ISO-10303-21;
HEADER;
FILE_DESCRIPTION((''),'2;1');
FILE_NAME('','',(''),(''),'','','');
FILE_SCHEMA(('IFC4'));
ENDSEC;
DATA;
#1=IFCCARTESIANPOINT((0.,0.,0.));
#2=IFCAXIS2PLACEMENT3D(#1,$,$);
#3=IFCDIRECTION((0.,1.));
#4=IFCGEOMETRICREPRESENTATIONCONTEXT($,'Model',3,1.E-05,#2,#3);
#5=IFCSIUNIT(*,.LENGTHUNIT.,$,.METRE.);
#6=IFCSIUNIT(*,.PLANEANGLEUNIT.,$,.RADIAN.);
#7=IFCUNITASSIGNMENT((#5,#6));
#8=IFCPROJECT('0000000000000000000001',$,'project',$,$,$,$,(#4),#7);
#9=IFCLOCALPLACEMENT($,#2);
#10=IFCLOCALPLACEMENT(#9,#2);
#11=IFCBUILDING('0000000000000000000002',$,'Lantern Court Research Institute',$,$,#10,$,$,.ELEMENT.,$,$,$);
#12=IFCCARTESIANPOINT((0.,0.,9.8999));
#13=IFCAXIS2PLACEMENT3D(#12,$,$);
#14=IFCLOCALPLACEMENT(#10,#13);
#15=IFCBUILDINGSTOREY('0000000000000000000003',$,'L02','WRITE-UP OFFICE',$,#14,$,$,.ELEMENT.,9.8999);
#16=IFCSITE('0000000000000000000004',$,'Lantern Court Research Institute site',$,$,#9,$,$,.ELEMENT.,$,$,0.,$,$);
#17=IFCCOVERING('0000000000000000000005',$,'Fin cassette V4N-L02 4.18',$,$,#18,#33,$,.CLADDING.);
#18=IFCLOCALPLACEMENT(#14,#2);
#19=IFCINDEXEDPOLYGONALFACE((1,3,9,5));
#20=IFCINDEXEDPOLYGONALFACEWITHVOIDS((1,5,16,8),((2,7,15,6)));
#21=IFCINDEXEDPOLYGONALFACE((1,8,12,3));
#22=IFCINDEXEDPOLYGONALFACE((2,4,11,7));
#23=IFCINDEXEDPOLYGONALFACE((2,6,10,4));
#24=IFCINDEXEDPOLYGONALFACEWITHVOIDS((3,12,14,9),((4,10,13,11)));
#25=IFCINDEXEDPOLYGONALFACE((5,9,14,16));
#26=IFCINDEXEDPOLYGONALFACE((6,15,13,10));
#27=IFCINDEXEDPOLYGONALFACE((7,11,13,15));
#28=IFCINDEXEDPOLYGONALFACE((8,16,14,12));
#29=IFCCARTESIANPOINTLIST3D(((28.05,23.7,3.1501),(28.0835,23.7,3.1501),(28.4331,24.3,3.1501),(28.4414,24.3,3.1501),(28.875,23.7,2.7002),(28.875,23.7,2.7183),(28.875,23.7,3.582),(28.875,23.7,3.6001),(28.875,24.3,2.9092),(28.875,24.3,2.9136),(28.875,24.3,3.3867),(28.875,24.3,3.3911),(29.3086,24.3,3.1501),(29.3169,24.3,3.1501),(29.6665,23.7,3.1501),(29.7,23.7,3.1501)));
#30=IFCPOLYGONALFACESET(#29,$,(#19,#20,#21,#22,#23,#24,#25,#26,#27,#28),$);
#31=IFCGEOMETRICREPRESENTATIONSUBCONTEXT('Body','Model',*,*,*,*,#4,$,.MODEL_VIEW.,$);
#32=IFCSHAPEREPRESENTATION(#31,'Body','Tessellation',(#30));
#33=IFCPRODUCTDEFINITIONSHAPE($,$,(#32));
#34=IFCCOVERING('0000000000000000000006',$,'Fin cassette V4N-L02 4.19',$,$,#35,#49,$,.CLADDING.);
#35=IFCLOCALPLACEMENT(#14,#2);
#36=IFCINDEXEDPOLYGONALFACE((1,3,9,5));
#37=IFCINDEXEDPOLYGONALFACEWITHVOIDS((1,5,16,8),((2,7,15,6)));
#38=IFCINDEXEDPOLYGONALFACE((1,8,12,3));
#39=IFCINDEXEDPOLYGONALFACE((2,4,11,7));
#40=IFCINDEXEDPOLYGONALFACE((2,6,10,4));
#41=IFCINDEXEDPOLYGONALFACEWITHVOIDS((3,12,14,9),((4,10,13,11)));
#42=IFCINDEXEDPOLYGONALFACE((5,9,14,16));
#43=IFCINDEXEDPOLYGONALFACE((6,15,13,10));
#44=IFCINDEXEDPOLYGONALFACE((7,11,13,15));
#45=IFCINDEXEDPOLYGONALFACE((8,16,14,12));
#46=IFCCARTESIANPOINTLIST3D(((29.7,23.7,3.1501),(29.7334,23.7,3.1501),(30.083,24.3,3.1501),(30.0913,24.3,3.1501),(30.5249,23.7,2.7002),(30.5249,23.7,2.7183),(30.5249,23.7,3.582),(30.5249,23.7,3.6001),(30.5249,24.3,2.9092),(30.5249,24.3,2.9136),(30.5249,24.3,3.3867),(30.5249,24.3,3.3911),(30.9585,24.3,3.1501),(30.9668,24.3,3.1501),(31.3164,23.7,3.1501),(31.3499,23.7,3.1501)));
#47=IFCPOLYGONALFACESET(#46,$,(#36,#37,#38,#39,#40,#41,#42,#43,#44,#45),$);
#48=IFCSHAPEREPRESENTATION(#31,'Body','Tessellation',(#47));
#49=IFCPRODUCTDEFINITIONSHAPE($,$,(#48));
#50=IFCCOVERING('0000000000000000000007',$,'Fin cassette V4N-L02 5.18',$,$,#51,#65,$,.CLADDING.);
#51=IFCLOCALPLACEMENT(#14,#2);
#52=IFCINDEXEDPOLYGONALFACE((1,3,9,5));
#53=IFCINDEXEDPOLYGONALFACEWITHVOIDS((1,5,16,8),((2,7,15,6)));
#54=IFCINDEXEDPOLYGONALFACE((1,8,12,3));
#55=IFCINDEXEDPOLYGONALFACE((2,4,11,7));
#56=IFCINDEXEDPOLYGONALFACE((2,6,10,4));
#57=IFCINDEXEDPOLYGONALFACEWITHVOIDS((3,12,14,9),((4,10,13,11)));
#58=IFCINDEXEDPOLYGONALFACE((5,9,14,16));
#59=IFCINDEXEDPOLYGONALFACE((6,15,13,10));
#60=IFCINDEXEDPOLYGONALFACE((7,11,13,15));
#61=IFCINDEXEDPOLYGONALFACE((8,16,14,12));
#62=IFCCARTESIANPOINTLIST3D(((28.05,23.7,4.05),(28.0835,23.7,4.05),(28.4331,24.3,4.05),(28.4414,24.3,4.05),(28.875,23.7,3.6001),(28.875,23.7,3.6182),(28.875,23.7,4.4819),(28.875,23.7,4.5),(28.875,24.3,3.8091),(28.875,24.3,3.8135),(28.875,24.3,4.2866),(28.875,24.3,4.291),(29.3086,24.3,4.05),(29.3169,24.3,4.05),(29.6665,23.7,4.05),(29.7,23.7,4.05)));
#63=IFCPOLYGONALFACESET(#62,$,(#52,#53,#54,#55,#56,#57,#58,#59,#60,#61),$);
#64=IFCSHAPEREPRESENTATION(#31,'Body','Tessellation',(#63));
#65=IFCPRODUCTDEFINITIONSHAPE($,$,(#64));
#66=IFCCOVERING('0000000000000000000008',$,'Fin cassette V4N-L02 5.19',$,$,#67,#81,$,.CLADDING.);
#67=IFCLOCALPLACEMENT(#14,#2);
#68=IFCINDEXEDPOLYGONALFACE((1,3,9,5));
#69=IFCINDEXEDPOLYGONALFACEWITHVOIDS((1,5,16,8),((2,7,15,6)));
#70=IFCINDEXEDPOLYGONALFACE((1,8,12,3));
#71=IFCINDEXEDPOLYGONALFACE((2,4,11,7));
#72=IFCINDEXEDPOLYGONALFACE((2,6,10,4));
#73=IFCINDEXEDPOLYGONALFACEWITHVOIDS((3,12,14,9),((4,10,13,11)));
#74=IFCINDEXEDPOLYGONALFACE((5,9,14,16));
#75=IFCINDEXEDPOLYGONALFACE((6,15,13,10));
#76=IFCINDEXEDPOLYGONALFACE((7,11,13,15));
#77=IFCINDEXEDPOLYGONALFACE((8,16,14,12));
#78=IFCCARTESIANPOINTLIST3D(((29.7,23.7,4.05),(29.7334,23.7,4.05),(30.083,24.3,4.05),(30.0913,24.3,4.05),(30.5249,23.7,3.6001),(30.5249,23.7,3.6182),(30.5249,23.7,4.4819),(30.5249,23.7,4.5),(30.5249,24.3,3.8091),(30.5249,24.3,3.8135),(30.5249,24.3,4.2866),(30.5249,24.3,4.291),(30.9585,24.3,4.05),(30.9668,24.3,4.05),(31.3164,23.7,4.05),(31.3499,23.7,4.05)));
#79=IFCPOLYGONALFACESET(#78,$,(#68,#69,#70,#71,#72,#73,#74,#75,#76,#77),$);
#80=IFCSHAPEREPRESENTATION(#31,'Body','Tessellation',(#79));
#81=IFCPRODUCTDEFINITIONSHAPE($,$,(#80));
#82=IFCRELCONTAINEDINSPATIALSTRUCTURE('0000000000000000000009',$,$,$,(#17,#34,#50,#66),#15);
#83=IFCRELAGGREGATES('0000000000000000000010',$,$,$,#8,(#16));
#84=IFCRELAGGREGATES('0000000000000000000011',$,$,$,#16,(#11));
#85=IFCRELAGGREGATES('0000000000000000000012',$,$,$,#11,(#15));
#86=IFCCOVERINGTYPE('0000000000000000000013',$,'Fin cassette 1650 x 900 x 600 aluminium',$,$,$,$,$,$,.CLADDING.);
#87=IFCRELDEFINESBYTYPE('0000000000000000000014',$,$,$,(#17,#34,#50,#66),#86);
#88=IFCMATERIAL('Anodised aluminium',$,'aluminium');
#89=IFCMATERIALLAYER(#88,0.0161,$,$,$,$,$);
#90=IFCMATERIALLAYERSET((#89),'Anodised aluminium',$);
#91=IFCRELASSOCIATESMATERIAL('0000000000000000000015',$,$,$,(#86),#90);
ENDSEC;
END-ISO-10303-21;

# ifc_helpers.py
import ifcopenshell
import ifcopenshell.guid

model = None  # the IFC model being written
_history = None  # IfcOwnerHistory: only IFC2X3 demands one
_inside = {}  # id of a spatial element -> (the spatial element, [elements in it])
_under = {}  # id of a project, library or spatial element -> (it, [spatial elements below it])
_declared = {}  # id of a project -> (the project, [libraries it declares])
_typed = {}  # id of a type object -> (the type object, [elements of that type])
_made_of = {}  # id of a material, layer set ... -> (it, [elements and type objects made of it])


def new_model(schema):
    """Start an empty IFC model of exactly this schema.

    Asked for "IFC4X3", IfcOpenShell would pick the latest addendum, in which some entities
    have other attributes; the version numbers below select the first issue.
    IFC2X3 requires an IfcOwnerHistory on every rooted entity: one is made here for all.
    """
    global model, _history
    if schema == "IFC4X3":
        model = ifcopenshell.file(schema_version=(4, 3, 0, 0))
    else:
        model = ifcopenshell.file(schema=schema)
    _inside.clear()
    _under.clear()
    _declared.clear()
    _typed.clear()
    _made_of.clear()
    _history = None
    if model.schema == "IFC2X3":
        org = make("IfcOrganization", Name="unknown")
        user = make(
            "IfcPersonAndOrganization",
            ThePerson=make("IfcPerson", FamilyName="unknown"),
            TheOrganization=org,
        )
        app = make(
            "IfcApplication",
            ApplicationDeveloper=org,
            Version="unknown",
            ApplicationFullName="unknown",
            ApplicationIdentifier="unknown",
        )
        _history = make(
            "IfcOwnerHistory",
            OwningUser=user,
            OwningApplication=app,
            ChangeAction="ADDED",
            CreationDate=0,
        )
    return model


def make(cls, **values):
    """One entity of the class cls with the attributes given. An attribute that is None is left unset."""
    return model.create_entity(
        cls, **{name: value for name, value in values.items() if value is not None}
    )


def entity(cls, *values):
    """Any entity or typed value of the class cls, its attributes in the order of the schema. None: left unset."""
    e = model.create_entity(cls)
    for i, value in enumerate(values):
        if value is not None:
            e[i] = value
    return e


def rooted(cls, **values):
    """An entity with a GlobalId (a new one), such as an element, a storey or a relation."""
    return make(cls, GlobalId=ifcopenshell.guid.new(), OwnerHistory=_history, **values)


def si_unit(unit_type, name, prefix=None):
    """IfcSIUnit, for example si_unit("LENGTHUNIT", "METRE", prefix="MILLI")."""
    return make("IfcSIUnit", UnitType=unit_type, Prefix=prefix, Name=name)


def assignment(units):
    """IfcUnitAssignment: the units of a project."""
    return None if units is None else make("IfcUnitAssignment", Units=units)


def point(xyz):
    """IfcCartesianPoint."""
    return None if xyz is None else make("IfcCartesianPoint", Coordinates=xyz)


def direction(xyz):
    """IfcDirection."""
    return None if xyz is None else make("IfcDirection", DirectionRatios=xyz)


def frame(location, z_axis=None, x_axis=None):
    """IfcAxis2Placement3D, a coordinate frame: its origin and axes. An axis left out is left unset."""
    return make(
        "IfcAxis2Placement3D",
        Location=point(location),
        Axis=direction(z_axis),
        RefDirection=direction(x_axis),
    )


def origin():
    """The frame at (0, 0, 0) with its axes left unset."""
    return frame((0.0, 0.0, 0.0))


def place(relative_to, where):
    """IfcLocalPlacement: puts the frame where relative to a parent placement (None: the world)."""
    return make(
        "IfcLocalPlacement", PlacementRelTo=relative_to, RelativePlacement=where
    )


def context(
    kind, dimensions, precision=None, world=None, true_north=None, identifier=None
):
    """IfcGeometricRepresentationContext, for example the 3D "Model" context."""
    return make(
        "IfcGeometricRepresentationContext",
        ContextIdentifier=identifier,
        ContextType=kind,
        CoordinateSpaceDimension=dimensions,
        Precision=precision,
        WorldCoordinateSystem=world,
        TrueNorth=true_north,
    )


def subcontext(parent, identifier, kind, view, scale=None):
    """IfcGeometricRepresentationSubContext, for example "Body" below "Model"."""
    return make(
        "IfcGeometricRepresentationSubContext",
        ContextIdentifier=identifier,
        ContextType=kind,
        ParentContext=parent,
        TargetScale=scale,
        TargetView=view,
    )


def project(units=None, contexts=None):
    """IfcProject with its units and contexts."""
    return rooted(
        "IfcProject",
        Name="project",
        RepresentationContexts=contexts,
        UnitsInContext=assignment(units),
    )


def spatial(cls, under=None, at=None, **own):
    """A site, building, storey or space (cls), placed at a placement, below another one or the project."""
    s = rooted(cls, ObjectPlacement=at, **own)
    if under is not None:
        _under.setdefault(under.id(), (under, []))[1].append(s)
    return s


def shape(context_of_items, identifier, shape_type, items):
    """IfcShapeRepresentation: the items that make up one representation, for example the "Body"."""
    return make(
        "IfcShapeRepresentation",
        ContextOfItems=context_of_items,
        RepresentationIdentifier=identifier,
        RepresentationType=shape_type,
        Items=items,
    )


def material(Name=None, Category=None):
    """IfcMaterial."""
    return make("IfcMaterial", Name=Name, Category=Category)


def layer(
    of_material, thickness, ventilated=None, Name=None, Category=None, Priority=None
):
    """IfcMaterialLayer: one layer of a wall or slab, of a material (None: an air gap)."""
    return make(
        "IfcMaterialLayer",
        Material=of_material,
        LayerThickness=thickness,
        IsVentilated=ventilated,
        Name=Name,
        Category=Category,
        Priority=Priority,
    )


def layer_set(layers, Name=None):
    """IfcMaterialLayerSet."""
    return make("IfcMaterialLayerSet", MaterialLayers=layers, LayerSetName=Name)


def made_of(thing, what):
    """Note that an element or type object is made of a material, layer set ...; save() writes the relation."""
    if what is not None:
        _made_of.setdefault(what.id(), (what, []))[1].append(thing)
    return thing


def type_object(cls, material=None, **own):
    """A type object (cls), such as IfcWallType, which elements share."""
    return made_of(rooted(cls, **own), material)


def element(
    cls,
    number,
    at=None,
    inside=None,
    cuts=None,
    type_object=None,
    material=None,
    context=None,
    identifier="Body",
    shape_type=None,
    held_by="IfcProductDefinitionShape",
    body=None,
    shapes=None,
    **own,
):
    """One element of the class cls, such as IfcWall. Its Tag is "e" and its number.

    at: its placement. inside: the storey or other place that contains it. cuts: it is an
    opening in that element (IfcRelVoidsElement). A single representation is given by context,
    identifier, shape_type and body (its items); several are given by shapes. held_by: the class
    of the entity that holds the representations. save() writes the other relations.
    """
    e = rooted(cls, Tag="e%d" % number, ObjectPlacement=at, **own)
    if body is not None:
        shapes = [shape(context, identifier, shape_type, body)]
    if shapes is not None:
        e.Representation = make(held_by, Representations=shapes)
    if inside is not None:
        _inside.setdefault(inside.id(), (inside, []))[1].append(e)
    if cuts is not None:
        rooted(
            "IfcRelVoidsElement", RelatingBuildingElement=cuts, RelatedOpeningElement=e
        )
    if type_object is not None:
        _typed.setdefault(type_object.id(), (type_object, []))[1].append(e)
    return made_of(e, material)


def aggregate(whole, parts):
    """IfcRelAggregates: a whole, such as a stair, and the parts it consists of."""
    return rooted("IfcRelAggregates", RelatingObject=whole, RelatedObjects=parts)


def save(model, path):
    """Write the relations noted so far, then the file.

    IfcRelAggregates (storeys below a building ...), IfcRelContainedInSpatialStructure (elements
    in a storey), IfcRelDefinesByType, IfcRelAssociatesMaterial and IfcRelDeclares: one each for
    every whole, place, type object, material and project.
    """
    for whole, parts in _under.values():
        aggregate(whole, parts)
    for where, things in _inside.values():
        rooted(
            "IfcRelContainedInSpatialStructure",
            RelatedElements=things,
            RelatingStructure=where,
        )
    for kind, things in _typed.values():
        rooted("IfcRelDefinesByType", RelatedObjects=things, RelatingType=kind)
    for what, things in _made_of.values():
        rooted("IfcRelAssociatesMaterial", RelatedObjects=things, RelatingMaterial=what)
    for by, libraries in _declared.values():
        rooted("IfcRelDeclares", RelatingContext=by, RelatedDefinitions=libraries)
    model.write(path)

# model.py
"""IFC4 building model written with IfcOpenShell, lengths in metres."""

from ifc_helpers import new_model, entity, si_unit, direction, frame, origin, place, context, subcontext, project, spatial, material, layer, layer_set, type_object, element, save


model = new_model("IFC4")

# Units and contexts
model_context = context("Model", 3, precision=1e-05, world=origin(), true_north=direction((0.0, 1.0)))
body_context = subcontext(model_context, "Body", "Model", "MODEL_VIEW")
ifc_project = project(units=[si_unit("LENGTHUNIT", "METRE"), si_unit("PLANEANGLEUNIT", "RADIAN")], contexts=[model_context])

# Site, building, storey
site_placement = place(None, origin())
site = spatial("IfcSite", under=ifc_project, at=site_placement, Name="Lantern Court Research Institute site", CompositionType="ELEMENT", RefElevation=0.0)
building_placement = place(site_placement, origin())
building = spatial("IfcBuilding", under=site, at=building_placement, Name="Lantern Court Research Institute", CompositionType="ELEMENT")
storey_placement = place(building_placement, frame((0.0, 0.0, 9.8999)))
storey = spatial("IfcBuildingStorey", under=building, at=storey_placement, Name="L02", Description="WRITE-UP OFFICE", CompositionType="ELEMENT", Elevation=9.8999)

# Coverings
ifc_material_1 = material(Name="Anodised aluminium", Category="aluminium")
ifc_layer_1 = layer(ifc_material_1, 0.0161)
ifc_layer_set_1 = layer_set([ifc_layer_1], Name="Anodised aluminium")
covering_type = type_object("IfcCoveringType", Name="Fin cassette 1650 x 900 x 600 aluminium", PredefinedType="CLADDING", material=ifc_layer_set_1)
covering_1_placement = place(storey_placement, frame((28.875, 23.7, 3.1501), z_axis=(0.0, 1.0, 0.0), x_axis=(-1.0, 0.0, 0.0)))
cartesian_point_1 = entity("IfcCartesianPoint", [0.825, 0.0])
cartesian_point_2 = entity("IfcCartesianPoint", [0.7915, 0.0])
cartesian_point_3 = entity("IfcCartesianPoint", [0.4419, 0.0])
cartesian_point_4 = entity("IfcCartesianPoint", [0.4336, 0.0])
element("IfcCovering", 1, at=covering_1_placement, inside=storey, type_object=covering_type, Name="Fin cassette V4N-L02 4.18", PredefinedType="CLADDING", context=body_context, shape_type="SweptSolid", body=[
    entity("IfcExtrudedAreaSolidTapered", entity("IfcArbitraryProfileDefWithVoids", "AREA", None, entity("IfcPolyline", [cartesian_point_1, entity("IfcCartesianPoint", [0.0, 0.45]), entity("IfcCartesianPoint", [-0.825, 0.0]), entity("IfcCartesianPoint", [0.0, -0.45]), cartesian_point_1]), [entity("IfcPolyline", [cartesian_point_2, entity("IfcCartesianPoint", [0.0, 0.4319]), entity("IfcCartesianPoint", [-0.7915, 0.0]), entity("IfcCartesianPoint", [0.0, -0.4319]), cartesian_point_2])]), entity("IfcAxis2Placement3D", entity("IfcCartesianPoint", [0.0, 0.0, 0.0])), entity("IfcDirection", [0.0, 0.0, 1.0]), 0.6001, entity("IfcArbitraryProfileDefWithVoids", "AREA", None, entity("IfcPolyline", [cartesian_point_3, entity("IfcCartesianPoint", [0.0, 0.241]), entity("IfcCartesianPoint", [-0.4419, 0.0]), entity("IfcCartesianPoint", [0.0, -0.241]), cartesian_point_3]), [entity("IfcPolyline", [cartesian_point_4, entity("IfcCartesianPoint", [0.0, 0.2366]), entity("IfcCartesianPoint", [-0.4336, 0.0]), entity("IfcCartesianPoint", [0.0, -0.2366]), cartesian_point_4])])),
])
covering_2_placement = place(storey_placement, frame((30.5249, 23.7, 3.1501), z_axis=(0.0, 1.0, 0.0), x_axis=(-1.0, 0.0, 0.0)))
cartesian_point_5 = entity("IfcCartesianPoint", [0.825, 0.0])
cartesian_point_6 = entity("IfcCartesianPoint", [0.7915, 0.0])
cartesian_point_7 = entity("IfcCartesianPoint", [0.4419, 0.0])
cartesian_point_8 = entity("IfcCartesianPoint", [0.4336, 0.0])
element("IfcCovering", 2, at=covering_2_placement, inside=storey, type_object=covering_type, Name="Fin cassette V4N-L02 4.19", PredefinedType="CLADDING", context=body_context, shape_type="SweptSolid", body=[
    entity("IfcExtrudedAreaSolidTapered", entity("IfcArbitraryProfileDefWithVoids", "AREA", None, entity("IfcPolyline", [cartesian_point_5, entity("IfcCartesianPoint", [0.0, 0.45]), entity("IfcCartesianPoint", [-0.825, 0.0]), entity("IfcCartesianPoint", [0.0, -0.45]), cartesian_point_5]), [entity("IfcPolyline", [cartesian_point_6, entity("IfcCartesianPoint", [0.0, 0.4319]), entity("IfcCartesianPoint", [-0.7915, 0.0]), entity("IfcCartesianPoint", [0.0, -0.4319]), cartesian_point_6])]), entity("IfcAxis2Placement3D", entity("IfcCartesianPoint", [0.0, 0.0, 0.0])), entity("IfcDirection", [0.0, 0.0, 1.0]), 0.6001, entity("IfcArbitraryProfileDefWithVoids", "AREA", None, entity("IfcPolyline", [cartesian_point_7, entity("IfcCartesianPoint", [0.0, 0.241]), entity("IfcCartesianPoint", [-0.4419, 0.0]), entity("IfcCartesianPoint", [0.0, -0.241]), cartesian_point_7]), [entity("IfcPolyline", [cartesian_point_8, entity("IfcCartesianPoint", [0.0, 0.2366]), entity("IfcCartesianPoint", [-0.4336, 0.0]), entity("IfcCartesianPoint", [0.0, -0.2366]), cartesian_point_8])])),
])
covering_3_placement = place(storey_placement, frame((28.875, 23.7, 4.05), z_axis=(0.0, 1.0, 0.0), x_axis=(-1.0, 0.0, 0.0)))
cartesian_point_9 = entity("IfcCartesianPoint", [0.825, 0.0])
cartesian_point_10 = entity("IfcCartesianPoint", [0.7915, 0.0])
cartesian_point_11 = entity("IfcCartesianPoint", [0.4419, 0.0])
cartesian_point_12 = entity("IfcCartesianPoint", [0.4336, 0.0])
element("IfcCovering", 3, at=covering_3_placement, inside=storey, type_object=covering_type, Name="Fin cassette V4N-L02 5.18", PredefinedType="CLADDING", context=body_context, shape_type="SweptSolid", body=[
    entity("IfcExtrudedAreaSolidTapered", entity("IfcArbitraryProfileDefWithVoids", "AREA", None, entity("IfcPolyline", [cartesian_point_9, entity("IfcCartesianPoint", [0.0, 0.45]), entity("IfcCartesianPoint", [-0.825, 0.0]), entity("IfcCartesianPoint", [0.0, -0.45]), cartesian_point_9]), [entity("IfcPolyline", [cartesian_point_10, entity("IfcCartesianPoint", [0.0, 0.4319]), entity("IfcCartesianPoint", [-0.7915, 0.0]), entity("IfcCartesianPoint", [0.0, -0.4319]), cartesian_point_10])]), entity("IfcAxis2Placement3D", entity("IfcCartesianPoint", [0.0, 0.0, 0.0])), entity("IfcDirection", [0.0, 0.0, 1.0]), 0.6001, entity("IfcArbitraryProfileDefWithVoids", "AREA", None, entity("IfcPolyline", [cartesian_point_11, entity("IfcCartesianPoint", [0.0, 0.241]), entity("IfcCartesianPoint", [-0.4419, 0.0]), entity("IfcCartesianPoint", [0.0, -0.241]), cartesian_point_11]), [entity("IfcPolyline", [cartesian_point_12, entity("IfcCartesianPoint", [0.0, 0.2366]), entity("IfcCartesianPoint", [-0.4336, 0.0]), entity("IfcCartesianPoint", [0.0, -0.2366]), cartesian_point_12])])),
])
covering_4_placement = place(storey_placement, frame((30.5249, 23.7, 4.05), z_axis=(0.0, 1.0, 0.0), x_axis=(-1.0, 0.0, 0.0)))
cartesian_point_13 = entity("IfcCartesianPoint", [0.825, 0.0])
cartesian_point_14 = entity("IfcCartesianPoint", [0.7915, 0.0])
cartesian_point_15 = entity("IfcCartesianPoint", [0.4419, 0.0])
cartesian_point_16 = entity("IfcCartesianPoint", [0.4336, 0.0])
element("IfcCovering", 4, at=covering_4_placement, inside=storey, type_object=covering_type, Name="Fin cassette V4N-L02 5.19", PredefinedType="CLADDING", context=body_context, shape_type="SweptSolid", body=[
    entity("IfcExtrudedAreaSolidTapered", entity("IfcArbitraryProfileDefWithVoids", "AREA", None, entity("IfcPolyline", [cartesian_point_13, entity("IfcCartesianPoint", [0.0, 0.45]), entity("IfcCartesianPoint", [-0.825, 0.0]), entity("IfcCartesianPoint", [0.0, -0.45]), cartesian_point_13]), [entity("IfcPolyline", [cartesian_point_14, entity("IfcCartesianPoint", [0.0, 0.4319]), entity("IfcCartesianPoint", [-0.7915, 0.0]), entity("IfcCartesianPoint", [0.0, -0.4319]), cartesian_point_14])]), entity("IfcAxis2Placement3D", entity("IfcCartesianPoint", [0.0, 0.0, 0.0])), entity("IfcDirection", [0.0, 0.0, 1.0]), 0.6001, entity("IfcArbitraryProfileDefWithVoids", "AREA", None, entity("IfcPolyline", [cartesian_point_15, entity("IfcCartesianPoint", [0.0, 0.241]), entity("IfcCartesianPoint", [-0.4419, 0.0]), entity("IfcCartesianPoint", [0.0, -0.241]), cartesian_point_15]), [entity("IfcPolyline", [cartesian_point_16, entity("IfcCartesianPoint", [0.0, 0.2366]), entity("IfcCartesianPoint", [-0.4336, 0.0]), entity("IfcCartesianPoint", [0.0, -0.2366]), cartesian_point_16])])),
])

save(model, "model.ifc")
